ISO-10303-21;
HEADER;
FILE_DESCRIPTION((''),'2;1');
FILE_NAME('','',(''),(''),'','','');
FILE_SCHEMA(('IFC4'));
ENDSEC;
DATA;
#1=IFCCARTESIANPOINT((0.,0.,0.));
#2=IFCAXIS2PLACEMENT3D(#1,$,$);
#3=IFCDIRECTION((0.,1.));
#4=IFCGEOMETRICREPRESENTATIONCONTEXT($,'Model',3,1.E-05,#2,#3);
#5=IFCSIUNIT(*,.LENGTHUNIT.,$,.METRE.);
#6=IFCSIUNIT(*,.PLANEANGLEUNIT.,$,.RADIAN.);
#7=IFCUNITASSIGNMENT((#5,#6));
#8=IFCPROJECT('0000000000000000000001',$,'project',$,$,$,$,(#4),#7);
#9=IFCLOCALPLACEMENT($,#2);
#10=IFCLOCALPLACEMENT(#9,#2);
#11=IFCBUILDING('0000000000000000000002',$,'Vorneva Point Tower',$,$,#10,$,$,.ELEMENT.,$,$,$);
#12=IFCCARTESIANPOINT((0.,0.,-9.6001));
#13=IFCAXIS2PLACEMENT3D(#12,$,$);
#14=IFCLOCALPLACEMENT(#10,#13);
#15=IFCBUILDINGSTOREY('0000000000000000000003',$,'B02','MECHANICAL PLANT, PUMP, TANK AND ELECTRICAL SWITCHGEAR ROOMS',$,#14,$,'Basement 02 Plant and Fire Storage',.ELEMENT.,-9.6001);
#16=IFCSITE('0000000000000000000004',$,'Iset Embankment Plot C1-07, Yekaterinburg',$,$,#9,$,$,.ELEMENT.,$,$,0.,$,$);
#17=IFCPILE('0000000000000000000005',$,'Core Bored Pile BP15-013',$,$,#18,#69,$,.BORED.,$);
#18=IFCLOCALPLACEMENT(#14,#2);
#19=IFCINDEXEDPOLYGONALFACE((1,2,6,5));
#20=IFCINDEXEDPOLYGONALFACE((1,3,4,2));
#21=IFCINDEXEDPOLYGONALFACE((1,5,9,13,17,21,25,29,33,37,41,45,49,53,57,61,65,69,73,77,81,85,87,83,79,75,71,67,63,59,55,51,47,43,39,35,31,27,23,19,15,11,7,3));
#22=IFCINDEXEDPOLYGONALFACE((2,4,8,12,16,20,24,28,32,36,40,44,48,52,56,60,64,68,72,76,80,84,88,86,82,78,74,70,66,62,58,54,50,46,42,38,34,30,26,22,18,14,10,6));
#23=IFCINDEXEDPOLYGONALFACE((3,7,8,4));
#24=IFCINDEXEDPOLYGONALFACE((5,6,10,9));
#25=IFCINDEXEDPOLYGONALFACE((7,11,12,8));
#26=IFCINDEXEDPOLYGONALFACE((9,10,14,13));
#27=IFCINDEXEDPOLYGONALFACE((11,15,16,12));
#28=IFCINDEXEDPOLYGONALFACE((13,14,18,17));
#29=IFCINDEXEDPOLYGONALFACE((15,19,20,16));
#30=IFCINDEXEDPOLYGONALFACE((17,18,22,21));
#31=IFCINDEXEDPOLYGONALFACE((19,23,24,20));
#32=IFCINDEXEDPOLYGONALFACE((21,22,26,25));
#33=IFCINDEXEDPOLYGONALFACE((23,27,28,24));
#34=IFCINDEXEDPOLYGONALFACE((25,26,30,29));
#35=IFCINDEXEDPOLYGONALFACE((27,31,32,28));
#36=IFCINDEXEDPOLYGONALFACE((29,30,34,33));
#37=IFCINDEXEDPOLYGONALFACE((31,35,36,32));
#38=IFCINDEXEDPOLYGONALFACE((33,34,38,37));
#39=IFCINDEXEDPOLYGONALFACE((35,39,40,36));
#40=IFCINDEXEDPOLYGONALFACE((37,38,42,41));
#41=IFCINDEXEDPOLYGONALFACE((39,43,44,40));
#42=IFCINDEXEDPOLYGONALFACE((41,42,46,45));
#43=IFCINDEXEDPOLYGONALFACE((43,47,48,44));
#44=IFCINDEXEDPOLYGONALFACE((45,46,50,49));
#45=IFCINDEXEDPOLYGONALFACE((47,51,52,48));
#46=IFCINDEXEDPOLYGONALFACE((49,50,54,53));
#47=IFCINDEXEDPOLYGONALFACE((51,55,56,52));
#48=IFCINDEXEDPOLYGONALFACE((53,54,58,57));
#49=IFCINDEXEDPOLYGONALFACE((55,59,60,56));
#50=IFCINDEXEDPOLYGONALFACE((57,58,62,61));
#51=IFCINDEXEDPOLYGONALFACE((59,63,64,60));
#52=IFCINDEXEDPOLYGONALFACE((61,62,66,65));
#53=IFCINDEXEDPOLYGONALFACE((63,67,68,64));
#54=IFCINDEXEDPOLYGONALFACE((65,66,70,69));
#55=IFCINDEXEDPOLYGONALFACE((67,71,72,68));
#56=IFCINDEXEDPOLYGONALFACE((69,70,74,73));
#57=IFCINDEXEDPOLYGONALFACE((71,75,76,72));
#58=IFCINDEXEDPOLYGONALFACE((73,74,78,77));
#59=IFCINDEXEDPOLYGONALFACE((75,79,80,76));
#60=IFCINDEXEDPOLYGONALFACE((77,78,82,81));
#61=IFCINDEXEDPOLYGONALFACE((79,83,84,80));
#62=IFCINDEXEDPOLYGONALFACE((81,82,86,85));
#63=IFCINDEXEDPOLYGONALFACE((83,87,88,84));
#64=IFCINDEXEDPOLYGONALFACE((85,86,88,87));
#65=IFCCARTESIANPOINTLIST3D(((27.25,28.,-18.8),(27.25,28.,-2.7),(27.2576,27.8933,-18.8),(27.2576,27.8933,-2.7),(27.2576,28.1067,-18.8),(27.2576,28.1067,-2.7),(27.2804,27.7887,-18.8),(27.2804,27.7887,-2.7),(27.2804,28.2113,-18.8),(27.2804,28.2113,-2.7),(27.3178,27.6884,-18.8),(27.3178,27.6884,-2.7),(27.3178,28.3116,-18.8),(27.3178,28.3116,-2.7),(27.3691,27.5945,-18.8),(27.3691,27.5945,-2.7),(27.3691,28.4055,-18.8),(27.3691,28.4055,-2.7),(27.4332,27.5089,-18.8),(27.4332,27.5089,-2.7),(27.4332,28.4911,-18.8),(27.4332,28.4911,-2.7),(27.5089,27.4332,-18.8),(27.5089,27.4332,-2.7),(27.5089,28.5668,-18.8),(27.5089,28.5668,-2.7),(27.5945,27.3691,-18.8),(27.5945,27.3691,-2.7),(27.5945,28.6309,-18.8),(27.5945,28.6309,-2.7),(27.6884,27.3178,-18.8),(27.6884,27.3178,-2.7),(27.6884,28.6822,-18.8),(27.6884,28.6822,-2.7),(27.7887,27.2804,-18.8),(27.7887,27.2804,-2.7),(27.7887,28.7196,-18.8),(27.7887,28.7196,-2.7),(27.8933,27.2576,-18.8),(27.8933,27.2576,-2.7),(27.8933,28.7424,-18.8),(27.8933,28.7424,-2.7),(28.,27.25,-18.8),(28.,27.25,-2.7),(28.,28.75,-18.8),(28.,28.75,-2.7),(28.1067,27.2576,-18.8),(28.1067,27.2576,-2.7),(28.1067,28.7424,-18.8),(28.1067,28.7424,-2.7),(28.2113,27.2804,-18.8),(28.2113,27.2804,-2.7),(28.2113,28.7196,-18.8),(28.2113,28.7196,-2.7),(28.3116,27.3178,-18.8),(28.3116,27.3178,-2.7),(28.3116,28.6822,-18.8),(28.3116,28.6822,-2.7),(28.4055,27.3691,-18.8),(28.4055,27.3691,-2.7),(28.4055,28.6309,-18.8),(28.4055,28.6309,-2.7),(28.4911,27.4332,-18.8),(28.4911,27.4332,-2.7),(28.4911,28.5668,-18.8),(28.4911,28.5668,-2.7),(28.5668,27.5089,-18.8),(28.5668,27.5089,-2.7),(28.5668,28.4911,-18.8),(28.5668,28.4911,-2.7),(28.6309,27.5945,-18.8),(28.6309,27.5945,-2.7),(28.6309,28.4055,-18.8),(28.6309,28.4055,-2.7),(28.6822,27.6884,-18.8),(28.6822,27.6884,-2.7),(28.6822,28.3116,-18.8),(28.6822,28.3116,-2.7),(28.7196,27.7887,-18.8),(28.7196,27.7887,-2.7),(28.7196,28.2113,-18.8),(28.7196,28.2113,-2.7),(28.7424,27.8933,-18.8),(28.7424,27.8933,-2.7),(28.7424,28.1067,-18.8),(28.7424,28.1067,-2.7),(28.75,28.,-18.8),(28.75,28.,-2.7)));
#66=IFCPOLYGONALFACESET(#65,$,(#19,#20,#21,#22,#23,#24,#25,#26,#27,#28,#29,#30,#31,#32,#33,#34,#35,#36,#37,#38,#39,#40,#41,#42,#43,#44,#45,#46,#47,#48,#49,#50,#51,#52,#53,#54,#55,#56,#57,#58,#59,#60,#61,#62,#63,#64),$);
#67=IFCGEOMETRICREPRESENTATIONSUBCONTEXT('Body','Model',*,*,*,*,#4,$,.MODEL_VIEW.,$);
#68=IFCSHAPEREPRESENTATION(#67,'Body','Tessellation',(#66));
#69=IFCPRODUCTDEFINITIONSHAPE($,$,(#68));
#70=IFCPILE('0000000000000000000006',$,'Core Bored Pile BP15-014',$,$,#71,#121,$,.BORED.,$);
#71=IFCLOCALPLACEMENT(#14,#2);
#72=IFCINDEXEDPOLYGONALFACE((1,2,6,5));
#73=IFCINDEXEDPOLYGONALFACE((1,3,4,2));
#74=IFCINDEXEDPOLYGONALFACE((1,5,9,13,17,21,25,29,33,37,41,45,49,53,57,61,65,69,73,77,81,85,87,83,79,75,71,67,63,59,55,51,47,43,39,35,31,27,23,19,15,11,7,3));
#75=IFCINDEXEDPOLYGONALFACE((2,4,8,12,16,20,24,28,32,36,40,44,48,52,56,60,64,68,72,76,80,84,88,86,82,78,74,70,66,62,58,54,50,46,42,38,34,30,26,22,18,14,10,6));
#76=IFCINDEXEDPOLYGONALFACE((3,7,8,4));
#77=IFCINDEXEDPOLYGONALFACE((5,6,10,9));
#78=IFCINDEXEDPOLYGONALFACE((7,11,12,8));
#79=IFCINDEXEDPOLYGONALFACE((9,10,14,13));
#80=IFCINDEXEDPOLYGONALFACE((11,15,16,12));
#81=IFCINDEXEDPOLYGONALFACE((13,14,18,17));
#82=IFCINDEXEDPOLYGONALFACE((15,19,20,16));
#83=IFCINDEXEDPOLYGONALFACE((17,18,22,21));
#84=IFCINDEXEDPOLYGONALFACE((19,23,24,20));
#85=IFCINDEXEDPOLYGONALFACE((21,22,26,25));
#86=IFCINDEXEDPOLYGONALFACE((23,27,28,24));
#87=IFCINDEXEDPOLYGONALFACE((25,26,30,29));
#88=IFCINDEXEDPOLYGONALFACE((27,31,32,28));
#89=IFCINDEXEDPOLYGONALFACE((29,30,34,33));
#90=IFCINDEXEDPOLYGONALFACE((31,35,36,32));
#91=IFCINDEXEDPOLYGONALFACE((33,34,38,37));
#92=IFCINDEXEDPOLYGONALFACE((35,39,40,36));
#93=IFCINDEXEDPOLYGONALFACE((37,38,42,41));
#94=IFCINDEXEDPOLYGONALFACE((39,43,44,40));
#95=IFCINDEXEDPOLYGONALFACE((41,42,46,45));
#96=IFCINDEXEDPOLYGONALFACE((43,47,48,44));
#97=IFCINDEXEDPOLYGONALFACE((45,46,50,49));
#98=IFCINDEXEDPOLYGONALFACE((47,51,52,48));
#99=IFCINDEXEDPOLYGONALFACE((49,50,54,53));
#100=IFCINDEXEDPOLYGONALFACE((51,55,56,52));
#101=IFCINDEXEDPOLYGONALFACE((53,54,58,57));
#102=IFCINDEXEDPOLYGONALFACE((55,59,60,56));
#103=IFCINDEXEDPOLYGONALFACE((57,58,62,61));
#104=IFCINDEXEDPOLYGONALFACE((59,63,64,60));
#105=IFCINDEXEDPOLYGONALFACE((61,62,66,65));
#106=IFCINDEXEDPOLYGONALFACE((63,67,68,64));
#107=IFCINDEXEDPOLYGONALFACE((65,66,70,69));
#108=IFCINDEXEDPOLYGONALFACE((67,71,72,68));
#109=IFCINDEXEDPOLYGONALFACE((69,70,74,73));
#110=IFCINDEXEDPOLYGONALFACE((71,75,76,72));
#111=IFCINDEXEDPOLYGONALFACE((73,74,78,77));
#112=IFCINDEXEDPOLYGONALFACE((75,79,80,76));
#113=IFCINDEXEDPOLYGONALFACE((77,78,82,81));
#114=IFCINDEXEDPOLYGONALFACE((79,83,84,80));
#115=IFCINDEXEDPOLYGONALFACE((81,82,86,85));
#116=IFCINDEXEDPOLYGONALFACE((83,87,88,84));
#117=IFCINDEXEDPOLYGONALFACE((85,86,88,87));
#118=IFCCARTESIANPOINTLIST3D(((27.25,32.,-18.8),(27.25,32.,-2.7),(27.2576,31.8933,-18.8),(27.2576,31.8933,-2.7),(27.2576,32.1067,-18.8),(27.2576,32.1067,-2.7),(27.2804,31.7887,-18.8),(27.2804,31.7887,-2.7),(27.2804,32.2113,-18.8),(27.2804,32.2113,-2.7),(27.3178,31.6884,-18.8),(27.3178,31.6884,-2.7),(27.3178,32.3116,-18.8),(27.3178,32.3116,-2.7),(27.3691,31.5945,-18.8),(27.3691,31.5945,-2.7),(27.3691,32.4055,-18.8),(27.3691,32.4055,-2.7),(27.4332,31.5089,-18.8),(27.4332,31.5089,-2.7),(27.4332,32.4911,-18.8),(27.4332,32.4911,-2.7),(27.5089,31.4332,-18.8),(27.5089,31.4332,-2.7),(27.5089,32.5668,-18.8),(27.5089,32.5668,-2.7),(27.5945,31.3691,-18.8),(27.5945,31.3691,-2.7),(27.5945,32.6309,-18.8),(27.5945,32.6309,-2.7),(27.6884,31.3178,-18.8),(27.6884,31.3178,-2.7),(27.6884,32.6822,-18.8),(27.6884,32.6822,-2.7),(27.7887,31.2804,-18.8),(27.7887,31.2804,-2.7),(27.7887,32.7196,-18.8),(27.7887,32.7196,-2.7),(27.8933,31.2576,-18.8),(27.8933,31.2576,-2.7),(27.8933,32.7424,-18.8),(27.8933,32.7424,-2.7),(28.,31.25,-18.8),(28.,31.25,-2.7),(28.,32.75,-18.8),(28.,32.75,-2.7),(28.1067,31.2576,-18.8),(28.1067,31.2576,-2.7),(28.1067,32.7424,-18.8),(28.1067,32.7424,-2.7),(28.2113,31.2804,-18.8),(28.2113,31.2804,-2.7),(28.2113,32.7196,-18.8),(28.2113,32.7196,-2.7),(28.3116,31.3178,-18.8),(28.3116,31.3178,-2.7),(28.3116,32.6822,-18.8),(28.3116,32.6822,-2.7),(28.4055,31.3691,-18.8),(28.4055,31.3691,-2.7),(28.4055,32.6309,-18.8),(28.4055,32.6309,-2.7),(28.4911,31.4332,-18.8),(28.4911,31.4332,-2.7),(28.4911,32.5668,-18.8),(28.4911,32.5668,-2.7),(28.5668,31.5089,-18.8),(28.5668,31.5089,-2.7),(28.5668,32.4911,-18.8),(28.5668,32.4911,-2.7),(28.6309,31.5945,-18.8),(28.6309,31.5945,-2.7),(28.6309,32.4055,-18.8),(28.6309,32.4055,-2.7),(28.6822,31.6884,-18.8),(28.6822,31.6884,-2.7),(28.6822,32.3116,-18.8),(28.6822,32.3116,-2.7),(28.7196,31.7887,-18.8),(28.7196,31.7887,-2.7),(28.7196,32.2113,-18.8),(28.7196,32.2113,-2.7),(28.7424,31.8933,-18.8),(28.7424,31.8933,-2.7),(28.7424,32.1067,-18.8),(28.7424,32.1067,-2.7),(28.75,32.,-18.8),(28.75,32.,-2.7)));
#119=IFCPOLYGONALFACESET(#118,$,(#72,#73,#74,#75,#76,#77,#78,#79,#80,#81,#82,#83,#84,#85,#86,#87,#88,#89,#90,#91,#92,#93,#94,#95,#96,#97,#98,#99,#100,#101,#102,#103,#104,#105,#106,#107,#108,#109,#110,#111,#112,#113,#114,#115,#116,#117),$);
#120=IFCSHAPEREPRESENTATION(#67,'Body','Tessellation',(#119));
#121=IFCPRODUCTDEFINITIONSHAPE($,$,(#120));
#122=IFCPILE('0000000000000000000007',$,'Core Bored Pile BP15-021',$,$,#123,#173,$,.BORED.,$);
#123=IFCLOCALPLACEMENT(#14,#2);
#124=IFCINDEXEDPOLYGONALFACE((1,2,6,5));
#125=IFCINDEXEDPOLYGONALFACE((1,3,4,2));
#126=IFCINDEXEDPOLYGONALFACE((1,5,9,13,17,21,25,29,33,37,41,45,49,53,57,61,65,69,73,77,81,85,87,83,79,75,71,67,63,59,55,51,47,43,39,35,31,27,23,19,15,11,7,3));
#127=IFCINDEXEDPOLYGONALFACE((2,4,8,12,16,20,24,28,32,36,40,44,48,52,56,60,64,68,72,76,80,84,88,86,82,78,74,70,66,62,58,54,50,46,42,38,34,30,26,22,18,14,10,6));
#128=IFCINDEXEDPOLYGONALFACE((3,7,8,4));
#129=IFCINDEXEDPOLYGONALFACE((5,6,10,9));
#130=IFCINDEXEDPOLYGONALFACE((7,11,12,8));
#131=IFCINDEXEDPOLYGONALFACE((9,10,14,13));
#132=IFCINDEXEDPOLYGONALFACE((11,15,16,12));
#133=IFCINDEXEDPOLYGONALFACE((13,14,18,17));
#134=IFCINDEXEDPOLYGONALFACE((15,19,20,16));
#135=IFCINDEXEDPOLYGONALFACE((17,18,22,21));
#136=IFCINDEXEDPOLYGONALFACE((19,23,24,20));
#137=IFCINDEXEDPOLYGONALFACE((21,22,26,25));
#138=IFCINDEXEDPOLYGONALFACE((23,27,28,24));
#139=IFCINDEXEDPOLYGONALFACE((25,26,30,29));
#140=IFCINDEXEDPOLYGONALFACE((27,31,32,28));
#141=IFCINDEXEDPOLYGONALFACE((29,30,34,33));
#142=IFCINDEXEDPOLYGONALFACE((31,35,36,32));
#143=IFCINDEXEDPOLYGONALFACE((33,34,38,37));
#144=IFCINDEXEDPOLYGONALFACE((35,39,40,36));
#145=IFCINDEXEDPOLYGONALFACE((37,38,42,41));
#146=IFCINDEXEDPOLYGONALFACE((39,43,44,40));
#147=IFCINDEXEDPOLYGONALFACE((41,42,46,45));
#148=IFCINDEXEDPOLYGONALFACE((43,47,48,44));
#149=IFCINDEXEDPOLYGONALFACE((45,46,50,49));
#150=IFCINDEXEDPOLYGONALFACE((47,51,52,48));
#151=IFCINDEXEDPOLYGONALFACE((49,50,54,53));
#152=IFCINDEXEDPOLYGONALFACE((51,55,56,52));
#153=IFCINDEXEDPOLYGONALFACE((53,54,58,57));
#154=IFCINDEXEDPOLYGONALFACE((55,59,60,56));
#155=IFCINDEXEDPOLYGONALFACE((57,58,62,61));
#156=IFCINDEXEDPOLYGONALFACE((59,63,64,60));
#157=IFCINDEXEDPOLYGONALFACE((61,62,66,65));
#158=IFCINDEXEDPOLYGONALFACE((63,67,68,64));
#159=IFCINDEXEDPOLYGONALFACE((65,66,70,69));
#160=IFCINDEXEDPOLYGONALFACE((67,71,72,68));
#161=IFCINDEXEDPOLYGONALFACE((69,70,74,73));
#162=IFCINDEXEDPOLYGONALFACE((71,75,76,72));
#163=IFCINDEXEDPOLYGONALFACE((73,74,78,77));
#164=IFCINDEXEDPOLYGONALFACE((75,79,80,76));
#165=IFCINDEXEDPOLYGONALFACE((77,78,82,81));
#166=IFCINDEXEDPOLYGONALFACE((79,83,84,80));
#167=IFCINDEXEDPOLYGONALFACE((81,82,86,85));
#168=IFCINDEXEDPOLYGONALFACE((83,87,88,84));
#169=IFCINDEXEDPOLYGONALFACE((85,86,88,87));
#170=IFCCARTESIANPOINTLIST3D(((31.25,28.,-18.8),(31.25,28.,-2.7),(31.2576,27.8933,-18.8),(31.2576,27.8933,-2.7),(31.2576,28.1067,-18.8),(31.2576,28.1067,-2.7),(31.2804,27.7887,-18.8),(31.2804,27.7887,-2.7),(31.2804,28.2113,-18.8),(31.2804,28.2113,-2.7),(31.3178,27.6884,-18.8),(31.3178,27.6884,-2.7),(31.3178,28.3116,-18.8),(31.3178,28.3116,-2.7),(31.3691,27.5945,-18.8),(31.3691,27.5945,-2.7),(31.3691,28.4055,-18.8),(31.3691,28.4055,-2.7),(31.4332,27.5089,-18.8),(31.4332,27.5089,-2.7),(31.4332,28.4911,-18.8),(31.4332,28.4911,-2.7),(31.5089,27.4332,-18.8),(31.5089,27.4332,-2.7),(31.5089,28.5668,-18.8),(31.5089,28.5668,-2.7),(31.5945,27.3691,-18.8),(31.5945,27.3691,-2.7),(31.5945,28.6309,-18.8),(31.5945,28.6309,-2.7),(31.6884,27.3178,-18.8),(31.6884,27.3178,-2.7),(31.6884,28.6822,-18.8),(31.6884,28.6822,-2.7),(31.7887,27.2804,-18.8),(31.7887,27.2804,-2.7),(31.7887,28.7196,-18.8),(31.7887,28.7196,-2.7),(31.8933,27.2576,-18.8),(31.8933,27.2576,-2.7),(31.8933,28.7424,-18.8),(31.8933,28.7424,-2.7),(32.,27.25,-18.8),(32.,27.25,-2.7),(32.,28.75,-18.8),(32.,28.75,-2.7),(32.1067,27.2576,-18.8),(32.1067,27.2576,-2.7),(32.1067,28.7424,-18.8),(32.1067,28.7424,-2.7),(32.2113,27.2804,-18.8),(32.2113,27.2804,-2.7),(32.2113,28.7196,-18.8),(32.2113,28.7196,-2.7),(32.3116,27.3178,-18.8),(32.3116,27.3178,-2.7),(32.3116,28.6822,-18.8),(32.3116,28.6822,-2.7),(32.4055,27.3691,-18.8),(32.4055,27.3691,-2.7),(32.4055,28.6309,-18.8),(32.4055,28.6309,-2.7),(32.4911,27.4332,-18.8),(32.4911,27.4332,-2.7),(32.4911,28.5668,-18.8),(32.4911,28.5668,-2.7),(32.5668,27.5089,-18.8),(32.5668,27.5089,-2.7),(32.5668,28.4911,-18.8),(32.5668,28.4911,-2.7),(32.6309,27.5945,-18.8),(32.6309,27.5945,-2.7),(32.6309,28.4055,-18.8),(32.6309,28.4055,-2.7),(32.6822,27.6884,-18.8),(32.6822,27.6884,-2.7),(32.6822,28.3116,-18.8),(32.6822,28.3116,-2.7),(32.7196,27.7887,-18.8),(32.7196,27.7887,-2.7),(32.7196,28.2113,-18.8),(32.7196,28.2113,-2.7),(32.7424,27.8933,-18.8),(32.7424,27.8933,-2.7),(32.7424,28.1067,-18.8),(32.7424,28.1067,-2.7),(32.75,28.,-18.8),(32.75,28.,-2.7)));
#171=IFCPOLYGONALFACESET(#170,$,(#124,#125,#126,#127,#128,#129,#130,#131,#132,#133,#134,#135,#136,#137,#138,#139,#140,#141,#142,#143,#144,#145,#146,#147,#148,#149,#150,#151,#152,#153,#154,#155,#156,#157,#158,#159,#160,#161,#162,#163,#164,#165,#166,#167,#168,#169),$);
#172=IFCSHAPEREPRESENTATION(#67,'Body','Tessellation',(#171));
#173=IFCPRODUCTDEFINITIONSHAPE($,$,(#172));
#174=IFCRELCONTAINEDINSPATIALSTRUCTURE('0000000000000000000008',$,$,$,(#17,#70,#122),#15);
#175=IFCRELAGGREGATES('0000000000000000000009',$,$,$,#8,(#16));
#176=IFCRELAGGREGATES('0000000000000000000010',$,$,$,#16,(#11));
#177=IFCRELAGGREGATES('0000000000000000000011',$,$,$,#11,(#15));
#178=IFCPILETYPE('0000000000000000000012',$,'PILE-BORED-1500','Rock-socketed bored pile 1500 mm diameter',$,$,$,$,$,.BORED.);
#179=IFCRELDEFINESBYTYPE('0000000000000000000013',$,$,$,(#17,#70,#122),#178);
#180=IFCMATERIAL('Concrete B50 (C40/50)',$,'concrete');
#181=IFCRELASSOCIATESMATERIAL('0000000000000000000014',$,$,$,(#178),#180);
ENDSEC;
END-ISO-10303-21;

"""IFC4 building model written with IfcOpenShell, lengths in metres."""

from ifc_helpers import new_model, si_unit, direction, frame, origin, origin_2d, place, context, subcontext, project, spatial, circle, extrude, material, material_profile, profile_set, type_object, element, save


model = new_model("IFC4")

# Units and contexts
model_context = context("Model", 3, precision=1e-05, world=origin(), true_north=direction((0.0, 1.0)))
body_context = subcontext(model_context, "Body", "Model", "MODEL_VIEW")
ifc_project = project(units=[si_unit("LENGTHUNIT", "METRE"), si_unit("PLANEANGLEUNIT", "RADIAN")], contexts=[model_context])

# Site, building, storey
site_placement = place(None, origin())
site = spatial("IfcSite", under=ifc_project, at=site_placement, Name="Iset Embankment Plot C1-07, Yekaterinburg", CompositionType="ELEMENT", RefElevation=0.0)
building_placement = place(site_placement, origin())
building = spatial("IfcBuilding", under=site, at=building_placement, Name="Vorneva Point Tower", CompositionType="ELEMENT")
storey_placement = place(building_placement, frame((0.0, 0.0, -9.6001)))
storey = spatial("IfcBuildingStorey", under=building, at=storey_placement, Name="B02", Description="MECHANICAL PLANT, PUMP, TANK AND ELECTRICAL SWITCHGEAR ROOMS", LongName="Basement 02 Plant and Fire Storage", CompositionType="ELEMENT", Elevation=-9.6001)

# Piles
ifc_material_1 = material(Name="Concrete B50 (C40/50)", Category="concrete")
ifc_material_profile_1 = material_profile(ifc_material_1, circle(Radius=0.75, at=origin_2d()), Name="PILE-1500")
ifc_profile_set_1 = profile_set([ifc_material_profile_1], Name="Concrete B50 (C40/50)")
pile_type = type_object("IfcPileType", Name="PILE-BORED-1500", Description="Rock-socketed bored pile 1500 mm diameter", PredefinedType="BORED", material=ifc_profile_set_1)
for number, where, z_axis, x_axis, name in (
    (1, (28.0, 28.0, -2.7), (0.0, 0.0, -1.0), (1.0, 0.0, 0.0), "Core Bored Pile BP15-013"),
    (2, (28.0, 32.0, -2.7), (0.0, 0.0, -1.0), (1.0, 0.0, 0.0), "Core Bored Pile BP15-014"),
    (3, (32.0, 28.0, -2.7), (0.0, 0.0, -1.0), (1.0, 0.0, 0.0), "Core Bored Pile BP15-021"),
):
    element("IfcPile", number, at=place(storey_placement, frame(where, z_axis=z_axis, x_axis=x_axis)), inside=storey, type_object=pile_type, Name=name, PredefinedType="BORED", context=body_context, shape_type="SweptSolid", body=[
        extrude(circle(Radius=0.75, at=origin_2d()), origin(), (0.0, 0.0, 1.0), 16.1001),
    ])

save(model, "model.ifc")
